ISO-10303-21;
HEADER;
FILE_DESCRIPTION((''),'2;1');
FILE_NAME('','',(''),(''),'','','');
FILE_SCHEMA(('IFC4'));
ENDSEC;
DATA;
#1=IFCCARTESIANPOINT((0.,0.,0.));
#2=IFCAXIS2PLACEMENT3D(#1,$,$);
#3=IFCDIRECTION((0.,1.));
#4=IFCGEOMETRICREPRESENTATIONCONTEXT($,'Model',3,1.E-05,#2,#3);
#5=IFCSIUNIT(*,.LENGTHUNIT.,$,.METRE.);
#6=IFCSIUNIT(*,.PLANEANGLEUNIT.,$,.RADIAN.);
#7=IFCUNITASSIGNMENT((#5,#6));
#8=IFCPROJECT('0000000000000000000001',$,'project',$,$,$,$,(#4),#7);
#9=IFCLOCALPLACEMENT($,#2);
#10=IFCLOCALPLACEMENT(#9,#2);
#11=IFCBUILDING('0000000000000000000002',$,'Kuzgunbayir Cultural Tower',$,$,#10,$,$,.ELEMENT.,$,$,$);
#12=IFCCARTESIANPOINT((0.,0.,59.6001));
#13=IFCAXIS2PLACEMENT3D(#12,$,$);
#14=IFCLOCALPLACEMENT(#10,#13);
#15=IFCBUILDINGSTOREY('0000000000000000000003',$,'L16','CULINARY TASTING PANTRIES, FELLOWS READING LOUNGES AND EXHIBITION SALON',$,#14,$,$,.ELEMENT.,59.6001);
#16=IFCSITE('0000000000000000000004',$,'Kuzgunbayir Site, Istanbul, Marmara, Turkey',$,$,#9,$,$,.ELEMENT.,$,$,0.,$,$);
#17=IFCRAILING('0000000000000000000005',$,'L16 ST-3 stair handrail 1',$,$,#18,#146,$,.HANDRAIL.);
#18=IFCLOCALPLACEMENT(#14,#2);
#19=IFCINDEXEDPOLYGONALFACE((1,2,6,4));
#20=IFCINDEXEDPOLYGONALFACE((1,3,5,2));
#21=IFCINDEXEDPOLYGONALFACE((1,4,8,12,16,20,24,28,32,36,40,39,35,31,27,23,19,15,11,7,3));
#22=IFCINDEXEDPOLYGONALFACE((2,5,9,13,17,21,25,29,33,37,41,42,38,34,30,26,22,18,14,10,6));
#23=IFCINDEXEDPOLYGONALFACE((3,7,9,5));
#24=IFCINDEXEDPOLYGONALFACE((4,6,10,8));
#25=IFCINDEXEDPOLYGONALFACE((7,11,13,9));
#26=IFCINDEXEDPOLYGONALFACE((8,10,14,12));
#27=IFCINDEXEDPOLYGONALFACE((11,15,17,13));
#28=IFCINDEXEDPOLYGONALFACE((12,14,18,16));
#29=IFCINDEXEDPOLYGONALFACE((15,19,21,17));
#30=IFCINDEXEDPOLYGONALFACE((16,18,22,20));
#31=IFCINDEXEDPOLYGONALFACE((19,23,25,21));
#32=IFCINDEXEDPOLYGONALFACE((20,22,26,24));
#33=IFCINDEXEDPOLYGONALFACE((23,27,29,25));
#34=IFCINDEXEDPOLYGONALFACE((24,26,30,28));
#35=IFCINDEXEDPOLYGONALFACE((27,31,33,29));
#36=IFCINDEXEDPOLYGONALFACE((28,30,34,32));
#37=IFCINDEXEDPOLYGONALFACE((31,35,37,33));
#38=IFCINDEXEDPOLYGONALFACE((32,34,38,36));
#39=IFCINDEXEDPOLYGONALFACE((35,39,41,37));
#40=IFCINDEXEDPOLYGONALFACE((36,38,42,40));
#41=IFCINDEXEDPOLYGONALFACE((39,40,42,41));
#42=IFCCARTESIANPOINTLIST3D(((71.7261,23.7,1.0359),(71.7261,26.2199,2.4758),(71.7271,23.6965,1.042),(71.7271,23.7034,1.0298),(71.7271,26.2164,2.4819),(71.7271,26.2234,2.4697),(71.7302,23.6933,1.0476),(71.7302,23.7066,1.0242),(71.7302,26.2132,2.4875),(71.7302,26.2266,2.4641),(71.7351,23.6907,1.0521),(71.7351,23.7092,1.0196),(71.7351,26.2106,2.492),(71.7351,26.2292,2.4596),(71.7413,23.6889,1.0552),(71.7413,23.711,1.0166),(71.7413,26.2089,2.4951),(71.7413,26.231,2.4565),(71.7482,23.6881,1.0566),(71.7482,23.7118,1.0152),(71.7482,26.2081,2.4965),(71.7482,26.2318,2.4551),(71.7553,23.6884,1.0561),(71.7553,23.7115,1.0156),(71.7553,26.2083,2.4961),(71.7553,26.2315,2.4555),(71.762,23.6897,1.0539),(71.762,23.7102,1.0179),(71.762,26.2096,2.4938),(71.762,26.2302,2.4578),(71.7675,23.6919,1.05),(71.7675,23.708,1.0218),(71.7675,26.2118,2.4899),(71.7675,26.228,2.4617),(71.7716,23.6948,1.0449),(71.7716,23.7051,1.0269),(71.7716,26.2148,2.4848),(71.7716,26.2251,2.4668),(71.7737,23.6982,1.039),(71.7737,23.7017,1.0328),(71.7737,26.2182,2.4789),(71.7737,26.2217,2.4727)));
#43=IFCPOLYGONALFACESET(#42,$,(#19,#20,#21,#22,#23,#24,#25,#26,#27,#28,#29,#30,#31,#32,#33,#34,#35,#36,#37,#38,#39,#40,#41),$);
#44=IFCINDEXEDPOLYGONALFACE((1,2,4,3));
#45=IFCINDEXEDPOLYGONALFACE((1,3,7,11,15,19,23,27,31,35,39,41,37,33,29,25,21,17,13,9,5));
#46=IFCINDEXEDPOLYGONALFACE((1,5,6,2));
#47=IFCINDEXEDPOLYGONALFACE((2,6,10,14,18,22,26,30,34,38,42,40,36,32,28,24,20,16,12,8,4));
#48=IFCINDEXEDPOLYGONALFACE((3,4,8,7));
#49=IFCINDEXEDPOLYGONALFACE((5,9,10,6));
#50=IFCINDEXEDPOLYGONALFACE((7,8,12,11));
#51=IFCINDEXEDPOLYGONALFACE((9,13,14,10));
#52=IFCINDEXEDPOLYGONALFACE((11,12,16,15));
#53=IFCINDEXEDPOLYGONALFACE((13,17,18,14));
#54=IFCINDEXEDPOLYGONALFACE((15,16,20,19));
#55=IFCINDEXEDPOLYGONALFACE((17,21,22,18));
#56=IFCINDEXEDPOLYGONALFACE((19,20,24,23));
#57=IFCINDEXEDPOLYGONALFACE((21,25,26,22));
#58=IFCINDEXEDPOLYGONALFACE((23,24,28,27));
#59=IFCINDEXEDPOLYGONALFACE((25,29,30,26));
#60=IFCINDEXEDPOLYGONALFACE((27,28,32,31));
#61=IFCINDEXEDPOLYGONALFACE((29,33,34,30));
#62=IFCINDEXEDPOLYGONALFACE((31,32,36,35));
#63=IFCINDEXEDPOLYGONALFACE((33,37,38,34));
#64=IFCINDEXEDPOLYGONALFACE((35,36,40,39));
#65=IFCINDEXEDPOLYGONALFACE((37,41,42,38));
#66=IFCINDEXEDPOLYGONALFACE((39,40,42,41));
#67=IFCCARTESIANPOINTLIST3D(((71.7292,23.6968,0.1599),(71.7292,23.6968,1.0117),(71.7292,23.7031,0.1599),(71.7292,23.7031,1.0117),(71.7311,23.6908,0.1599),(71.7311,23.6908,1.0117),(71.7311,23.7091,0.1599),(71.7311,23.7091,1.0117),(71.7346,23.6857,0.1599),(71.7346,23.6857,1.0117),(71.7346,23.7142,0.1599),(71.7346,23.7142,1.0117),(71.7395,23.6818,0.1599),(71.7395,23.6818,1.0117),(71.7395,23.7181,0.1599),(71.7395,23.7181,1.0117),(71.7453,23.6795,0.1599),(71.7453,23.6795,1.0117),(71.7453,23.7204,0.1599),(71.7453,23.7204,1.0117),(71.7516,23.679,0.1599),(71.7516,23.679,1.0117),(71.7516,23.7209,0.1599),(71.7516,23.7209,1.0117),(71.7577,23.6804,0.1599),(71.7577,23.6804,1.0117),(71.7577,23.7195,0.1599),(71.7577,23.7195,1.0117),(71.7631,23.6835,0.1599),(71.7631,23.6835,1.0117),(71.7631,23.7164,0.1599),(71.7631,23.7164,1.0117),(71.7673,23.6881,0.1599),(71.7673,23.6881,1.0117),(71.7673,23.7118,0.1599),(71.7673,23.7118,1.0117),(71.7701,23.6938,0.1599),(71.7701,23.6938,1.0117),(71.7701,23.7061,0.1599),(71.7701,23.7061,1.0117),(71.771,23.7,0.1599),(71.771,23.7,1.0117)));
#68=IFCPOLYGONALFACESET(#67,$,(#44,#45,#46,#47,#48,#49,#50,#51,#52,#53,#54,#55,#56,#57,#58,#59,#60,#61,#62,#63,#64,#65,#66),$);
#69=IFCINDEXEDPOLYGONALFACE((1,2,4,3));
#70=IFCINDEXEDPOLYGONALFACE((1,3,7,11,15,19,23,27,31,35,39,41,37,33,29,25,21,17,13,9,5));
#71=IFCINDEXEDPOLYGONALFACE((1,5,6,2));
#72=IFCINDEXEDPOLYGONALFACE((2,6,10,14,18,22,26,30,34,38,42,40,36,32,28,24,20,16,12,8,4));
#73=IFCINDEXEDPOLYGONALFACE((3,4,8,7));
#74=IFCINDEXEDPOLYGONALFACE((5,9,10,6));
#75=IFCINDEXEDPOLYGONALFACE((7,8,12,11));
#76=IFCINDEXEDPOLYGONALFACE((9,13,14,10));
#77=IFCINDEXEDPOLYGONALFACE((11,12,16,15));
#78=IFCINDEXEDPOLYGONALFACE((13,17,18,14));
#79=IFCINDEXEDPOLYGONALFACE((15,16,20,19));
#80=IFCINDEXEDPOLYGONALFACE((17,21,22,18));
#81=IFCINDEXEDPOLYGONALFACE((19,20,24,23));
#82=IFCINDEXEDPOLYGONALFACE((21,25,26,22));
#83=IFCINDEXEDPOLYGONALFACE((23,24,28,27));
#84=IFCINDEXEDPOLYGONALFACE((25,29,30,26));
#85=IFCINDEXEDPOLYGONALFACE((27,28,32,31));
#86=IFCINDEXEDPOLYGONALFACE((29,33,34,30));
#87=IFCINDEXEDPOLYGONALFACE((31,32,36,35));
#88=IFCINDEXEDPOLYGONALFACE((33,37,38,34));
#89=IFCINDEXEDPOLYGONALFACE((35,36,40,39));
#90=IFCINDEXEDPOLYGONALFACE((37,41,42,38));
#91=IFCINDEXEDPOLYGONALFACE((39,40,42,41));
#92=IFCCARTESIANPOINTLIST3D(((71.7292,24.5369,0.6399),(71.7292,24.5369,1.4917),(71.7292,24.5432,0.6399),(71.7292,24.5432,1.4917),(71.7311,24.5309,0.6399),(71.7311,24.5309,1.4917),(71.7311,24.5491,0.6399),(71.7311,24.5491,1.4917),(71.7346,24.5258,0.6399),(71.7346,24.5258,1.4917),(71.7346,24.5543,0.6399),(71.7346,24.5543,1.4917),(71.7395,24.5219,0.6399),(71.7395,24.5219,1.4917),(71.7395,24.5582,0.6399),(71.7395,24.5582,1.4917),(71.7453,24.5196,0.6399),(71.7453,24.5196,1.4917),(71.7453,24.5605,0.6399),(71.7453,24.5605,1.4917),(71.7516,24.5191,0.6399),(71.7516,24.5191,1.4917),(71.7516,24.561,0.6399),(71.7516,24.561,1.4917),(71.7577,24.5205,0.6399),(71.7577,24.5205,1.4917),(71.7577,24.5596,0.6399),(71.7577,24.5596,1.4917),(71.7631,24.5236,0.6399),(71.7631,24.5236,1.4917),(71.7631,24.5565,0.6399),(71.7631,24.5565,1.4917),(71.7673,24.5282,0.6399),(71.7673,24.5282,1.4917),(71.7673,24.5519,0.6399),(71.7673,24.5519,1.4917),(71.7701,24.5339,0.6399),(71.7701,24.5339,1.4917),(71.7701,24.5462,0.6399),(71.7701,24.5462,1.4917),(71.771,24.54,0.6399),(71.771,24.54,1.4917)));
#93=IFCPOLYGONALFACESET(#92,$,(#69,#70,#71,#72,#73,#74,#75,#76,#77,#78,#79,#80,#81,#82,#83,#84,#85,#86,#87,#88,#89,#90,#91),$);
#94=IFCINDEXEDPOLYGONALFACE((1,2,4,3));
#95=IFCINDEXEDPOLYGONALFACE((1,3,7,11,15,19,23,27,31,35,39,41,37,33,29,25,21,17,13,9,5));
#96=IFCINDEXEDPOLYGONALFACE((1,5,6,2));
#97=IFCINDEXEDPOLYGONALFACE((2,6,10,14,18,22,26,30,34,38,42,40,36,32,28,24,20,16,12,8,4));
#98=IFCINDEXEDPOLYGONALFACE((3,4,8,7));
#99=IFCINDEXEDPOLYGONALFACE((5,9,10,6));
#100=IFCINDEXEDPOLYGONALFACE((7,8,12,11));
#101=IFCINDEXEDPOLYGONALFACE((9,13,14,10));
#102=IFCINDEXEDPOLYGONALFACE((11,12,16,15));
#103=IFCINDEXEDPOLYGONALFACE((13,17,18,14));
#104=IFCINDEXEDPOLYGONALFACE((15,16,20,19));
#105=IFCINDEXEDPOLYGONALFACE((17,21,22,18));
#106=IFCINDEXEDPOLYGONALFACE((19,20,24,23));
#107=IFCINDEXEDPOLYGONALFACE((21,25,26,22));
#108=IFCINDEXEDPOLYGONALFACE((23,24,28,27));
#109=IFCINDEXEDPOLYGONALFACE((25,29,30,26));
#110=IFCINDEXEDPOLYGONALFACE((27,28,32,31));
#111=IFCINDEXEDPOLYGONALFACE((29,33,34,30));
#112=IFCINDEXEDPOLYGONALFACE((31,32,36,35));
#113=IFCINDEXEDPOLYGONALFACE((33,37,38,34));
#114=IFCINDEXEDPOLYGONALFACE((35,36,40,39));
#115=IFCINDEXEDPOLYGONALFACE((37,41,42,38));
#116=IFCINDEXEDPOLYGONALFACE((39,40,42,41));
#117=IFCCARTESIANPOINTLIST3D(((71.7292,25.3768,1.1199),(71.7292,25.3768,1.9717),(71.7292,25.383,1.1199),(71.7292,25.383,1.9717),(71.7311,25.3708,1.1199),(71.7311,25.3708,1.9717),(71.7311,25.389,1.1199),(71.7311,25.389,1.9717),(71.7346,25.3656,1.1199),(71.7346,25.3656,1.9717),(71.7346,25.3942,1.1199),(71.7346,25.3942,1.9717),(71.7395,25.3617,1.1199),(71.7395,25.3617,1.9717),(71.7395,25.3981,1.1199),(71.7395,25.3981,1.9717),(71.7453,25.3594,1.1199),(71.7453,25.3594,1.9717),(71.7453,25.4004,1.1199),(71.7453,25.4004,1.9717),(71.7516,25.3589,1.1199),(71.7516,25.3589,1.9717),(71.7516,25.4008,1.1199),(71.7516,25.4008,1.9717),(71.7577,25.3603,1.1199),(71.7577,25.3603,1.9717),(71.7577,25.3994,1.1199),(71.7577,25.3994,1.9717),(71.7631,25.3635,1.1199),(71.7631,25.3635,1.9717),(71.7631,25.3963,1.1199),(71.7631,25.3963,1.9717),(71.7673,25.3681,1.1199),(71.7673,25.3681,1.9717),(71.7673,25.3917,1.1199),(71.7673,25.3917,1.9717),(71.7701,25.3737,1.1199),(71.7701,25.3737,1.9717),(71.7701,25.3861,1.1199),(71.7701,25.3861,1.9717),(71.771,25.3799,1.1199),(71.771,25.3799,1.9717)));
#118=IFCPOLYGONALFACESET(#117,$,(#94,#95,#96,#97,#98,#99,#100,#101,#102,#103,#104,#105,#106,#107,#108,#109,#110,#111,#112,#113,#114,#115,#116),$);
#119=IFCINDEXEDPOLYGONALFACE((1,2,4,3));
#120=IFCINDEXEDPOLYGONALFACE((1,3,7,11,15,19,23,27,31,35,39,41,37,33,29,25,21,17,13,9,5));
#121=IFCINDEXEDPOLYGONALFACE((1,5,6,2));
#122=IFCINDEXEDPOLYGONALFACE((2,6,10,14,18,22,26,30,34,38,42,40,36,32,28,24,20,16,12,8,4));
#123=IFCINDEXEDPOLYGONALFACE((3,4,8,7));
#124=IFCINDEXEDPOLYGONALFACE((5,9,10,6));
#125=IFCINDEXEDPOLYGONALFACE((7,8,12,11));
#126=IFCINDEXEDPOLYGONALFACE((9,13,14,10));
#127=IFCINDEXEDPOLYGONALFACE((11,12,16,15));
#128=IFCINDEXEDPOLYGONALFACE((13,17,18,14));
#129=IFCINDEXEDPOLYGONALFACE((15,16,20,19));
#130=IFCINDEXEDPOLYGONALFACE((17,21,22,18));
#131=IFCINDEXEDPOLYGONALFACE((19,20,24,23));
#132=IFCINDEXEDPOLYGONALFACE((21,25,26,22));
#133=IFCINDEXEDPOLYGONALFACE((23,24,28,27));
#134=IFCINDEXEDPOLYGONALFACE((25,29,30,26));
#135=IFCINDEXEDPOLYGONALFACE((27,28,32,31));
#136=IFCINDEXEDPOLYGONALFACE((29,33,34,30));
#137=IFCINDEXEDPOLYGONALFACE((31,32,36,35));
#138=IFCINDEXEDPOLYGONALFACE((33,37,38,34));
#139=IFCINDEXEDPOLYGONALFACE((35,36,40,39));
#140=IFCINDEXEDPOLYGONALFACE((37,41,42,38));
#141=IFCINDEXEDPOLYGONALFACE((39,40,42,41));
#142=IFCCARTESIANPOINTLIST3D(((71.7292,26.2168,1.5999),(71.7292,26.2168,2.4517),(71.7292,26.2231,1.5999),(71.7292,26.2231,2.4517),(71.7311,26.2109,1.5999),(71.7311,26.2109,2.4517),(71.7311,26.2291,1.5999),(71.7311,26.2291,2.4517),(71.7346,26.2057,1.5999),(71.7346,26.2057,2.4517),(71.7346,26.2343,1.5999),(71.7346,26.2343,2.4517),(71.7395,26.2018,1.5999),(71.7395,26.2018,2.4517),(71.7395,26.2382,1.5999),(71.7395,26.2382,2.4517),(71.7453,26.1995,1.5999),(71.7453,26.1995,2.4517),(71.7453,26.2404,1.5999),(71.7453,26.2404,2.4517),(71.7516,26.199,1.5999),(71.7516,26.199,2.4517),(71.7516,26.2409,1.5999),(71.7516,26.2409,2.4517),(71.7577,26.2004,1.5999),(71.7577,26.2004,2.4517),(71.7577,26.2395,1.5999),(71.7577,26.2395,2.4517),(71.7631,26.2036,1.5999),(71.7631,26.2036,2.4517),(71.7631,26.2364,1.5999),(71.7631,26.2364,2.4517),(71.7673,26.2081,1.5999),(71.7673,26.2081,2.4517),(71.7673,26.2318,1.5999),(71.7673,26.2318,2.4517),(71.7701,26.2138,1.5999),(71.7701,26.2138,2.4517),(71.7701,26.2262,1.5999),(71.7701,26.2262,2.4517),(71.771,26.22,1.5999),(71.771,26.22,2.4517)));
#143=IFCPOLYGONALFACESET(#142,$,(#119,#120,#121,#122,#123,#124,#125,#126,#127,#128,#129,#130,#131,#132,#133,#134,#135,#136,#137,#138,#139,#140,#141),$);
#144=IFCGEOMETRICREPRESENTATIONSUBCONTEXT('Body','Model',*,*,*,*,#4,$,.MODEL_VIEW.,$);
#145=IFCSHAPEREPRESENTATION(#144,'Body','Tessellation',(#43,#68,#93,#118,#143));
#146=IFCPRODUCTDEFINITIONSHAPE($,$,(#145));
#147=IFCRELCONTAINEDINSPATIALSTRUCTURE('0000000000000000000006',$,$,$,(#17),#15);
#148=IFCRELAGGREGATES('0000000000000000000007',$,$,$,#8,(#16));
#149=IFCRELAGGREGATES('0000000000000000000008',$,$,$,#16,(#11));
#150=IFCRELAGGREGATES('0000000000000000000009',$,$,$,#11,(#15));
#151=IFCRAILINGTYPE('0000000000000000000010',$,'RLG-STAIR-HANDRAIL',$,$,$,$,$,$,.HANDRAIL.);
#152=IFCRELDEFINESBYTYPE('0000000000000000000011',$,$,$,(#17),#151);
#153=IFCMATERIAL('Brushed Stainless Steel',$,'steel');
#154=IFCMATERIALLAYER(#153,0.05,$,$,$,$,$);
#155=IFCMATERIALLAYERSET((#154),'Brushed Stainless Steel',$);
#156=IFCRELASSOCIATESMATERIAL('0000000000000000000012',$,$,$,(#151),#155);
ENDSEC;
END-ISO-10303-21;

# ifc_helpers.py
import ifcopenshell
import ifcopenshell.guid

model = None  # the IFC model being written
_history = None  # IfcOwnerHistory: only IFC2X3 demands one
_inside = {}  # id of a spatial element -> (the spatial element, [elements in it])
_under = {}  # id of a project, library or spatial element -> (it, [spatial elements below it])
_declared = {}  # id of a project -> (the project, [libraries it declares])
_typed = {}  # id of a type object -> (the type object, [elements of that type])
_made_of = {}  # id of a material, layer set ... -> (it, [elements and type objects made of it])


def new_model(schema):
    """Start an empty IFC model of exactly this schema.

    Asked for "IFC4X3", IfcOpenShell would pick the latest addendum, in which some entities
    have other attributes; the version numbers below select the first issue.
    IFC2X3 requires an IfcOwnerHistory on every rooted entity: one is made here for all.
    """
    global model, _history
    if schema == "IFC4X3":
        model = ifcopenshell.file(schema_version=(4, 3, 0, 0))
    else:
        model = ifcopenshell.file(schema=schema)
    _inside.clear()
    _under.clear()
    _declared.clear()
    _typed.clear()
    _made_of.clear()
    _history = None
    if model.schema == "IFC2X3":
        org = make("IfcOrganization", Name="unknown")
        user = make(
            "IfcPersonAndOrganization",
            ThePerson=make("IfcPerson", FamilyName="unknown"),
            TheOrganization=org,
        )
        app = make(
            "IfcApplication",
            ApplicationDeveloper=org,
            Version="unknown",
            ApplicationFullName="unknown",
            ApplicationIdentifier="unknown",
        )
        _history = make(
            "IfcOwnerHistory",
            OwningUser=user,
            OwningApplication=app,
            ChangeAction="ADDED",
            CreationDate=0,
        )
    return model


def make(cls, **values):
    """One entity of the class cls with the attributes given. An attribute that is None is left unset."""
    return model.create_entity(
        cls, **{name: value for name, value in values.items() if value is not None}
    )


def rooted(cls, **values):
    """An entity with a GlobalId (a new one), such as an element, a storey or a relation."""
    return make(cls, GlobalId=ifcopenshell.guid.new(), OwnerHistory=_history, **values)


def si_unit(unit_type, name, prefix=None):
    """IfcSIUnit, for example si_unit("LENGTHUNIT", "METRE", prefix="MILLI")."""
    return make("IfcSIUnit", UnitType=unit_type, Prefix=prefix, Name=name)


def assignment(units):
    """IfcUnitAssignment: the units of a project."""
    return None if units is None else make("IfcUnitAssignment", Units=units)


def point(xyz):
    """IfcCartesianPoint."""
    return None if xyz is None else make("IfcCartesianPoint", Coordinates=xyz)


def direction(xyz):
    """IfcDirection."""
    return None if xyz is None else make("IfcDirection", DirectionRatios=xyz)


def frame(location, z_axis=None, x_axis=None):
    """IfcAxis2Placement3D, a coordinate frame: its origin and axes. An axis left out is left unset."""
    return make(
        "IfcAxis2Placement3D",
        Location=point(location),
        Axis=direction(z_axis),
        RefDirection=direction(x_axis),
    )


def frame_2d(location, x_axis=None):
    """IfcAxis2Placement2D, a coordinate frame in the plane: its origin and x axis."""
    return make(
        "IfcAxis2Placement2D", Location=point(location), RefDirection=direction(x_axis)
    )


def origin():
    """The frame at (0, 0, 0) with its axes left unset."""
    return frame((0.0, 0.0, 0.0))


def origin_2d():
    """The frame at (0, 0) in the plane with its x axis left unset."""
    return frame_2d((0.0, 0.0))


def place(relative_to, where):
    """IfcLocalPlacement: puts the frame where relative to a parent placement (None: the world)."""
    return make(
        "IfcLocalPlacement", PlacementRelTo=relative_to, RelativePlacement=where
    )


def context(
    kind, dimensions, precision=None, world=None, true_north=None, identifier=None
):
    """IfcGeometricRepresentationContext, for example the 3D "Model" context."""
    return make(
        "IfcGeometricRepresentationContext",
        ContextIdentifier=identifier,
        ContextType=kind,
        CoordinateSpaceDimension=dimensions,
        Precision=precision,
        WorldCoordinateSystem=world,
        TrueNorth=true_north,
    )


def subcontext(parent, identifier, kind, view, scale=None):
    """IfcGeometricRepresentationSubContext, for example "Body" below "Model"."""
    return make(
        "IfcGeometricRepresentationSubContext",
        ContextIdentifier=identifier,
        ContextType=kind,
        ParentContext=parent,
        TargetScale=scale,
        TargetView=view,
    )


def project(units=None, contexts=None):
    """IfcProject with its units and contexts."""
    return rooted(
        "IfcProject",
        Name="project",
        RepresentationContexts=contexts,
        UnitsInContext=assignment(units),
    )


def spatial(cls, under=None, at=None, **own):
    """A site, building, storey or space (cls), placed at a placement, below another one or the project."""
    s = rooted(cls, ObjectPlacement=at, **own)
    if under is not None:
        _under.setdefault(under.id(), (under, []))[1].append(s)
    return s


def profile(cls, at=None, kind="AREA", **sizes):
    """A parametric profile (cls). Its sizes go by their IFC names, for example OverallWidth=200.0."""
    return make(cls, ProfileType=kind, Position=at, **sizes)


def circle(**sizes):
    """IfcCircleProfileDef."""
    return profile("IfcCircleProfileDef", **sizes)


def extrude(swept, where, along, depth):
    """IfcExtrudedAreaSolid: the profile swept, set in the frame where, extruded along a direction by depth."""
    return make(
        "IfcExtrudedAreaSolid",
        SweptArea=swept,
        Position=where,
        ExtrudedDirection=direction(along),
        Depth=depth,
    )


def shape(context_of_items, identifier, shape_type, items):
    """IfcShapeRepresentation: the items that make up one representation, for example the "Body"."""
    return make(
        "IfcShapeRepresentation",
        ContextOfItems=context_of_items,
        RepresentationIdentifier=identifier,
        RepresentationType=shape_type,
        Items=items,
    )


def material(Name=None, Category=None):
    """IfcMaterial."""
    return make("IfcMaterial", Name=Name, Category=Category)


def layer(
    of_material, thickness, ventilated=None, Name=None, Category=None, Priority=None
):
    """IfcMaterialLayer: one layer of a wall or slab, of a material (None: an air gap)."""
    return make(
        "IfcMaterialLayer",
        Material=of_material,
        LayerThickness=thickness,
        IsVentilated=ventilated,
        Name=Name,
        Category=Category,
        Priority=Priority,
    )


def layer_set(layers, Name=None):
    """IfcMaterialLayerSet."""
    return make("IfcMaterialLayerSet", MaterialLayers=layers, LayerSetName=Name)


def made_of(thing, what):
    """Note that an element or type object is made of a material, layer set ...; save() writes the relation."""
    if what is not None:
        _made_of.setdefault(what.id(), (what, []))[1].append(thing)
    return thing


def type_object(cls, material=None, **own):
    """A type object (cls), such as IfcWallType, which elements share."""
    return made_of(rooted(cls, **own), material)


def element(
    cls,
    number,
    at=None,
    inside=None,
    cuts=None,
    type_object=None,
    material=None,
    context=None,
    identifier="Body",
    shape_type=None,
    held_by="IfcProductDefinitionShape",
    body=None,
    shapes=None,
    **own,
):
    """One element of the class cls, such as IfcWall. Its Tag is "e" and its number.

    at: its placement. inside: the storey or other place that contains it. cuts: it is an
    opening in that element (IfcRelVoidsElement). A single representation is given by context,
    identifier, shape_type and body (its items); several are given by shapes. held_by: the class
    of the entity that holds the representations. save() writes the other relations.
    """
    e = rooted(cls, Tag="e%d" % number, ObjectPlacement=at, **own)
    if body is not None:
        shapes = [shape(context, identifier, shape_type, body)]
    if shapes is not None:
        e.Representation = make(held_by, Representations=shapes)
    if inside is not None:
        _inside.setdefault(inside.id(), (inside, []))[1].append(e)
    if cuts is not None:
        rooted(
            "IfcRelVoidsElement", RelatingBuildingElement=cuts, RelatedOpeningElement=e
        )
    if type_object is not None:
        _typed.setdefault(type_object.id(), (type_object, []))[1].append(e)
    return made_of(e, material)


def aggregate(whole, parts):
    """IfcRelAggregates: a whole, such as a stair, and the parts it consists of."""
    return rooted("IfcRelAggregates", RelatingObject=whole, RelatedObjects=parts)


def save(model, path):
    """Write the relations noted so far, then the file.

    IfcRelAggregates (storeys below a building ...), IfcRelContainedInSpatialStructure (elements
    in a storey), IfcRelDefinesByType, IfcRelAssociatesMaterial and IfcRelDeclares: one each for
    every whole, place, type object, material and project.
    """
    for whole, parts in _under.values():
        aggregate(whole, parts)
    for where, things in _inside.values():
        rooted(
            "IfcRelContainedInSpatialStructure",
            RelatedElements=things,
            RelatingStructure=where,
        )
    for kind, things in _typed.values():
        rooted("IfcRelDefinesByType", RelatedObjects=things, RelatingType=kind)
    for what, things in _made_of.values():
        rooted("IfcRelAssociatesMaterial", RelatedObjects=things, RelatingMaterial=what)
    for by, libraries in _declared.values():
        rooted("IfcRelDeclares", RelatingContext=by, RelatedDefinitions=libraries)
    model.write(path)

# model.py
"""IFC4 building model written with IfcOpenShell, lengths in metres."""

from ifc_helpers import new_model, si_unit, direction, frame, origin, origin_2d, place, context, subcontext, project, spatial, circle, extrude, material, layer, layer_set, type_object, element, save


model = new_model("IFC4")

# Units and contexts
model_context = context("Model", 3, precision=1e-05, world=origin(), true_north=direction((0.0, 1.0)))
body_context = subcontext(model_context, "Body", "Model", "MODEL_VIEW")
ifc_project = project(units=[si_unit("LENGTHUNIT", "METRE"), si_unit("PLANEANGLEUNIT", "RADIAN")], contexts=[model_context])

# Site, building, storey
site_placement = place(None, origin())
site = spatial("IfcSite", under=ifc_project, at=site_placement, Name="Kuzgunbayir Site, Istanbul, Marmara, Turkey", CompositionType="ELEMENT", RefElevation=0.0)
building_placement = place(site_placement, origin())
building = spatial("IfcBuilding", under=site, at=building_placement, Name="Kuzgunbayir Cultural Tower", CompositionType="ELEMENT")
storey_placement = place(building_placement, frame((0.0, 0.0, 59.6001)))
storey = spatial("IfcBuildingStorey", under=building, at=storey_placement, Name="L16", Description="CULINARY TASTING PANTRIES, FELLOWS READING LOUNGES AND EXHIBITION SALON", CompositionType="ELEMENT", Elevation=59.6001)

# Railing
ifc_material_1 = material(Name="Brushed Stainless Steel", Category="steel")
ifc_layer_1 = layer(ifc_material_1, 0.05)
ifc_layer_set_1 = layer_set([ifc_layer_1], Name="Brushed Stainless Steel")
railing_type_1 = type_object("IfcRailingType", Name="RLG-STAIR-HANDRAIL", PredefinedType="HANDRAIL", material=ifc_layer_set_1)
railing_1_placement = place(storey_placement, frame((71.75, 23.7, 0.1599)))
element("IfcRailing", 1, at=railing_1_placement, inside=storey, type_object=railing_type_1, Name="L16 ST-3 stair handrail 1", PredefinedType="HANDRAIL", context=body_context, shape_type="SweptSolid", body=[
    extrude(circle(Radius=0.0239, at=origin_2d()), frame((0.0, 0.0, 0.876), z_axis=(0.0, 0.868253, 0.496121), x_axis=(-1.0, 0.0, 0.0)), (0.0, 0.0, 1.0), 2.9023),
    extrude(circle(Radius=0.021, at=origin_2d()), origin(), (0.0, 0.0, 1.0), 0.8518),
    extrude(circle(Radius=0.021, at=origin_2d()), frame((0.0, 0.8401, 0.48)), (0.0, 0.0, 1.0), 0.8518),
    extrude(circle(Radius=0.021, at=origin_2d()), frame((0.0, 1.6799, 0.96)), (0.0, 0.0, 1.0), 0.8518),
    extrude(circle(Radius=0.021, at=origin_2d()), frame((0.0, 2.52, 1.4399)), (0.0, 0.0, 1.0), 0.8518),
])

save(model, "model.ifc")
